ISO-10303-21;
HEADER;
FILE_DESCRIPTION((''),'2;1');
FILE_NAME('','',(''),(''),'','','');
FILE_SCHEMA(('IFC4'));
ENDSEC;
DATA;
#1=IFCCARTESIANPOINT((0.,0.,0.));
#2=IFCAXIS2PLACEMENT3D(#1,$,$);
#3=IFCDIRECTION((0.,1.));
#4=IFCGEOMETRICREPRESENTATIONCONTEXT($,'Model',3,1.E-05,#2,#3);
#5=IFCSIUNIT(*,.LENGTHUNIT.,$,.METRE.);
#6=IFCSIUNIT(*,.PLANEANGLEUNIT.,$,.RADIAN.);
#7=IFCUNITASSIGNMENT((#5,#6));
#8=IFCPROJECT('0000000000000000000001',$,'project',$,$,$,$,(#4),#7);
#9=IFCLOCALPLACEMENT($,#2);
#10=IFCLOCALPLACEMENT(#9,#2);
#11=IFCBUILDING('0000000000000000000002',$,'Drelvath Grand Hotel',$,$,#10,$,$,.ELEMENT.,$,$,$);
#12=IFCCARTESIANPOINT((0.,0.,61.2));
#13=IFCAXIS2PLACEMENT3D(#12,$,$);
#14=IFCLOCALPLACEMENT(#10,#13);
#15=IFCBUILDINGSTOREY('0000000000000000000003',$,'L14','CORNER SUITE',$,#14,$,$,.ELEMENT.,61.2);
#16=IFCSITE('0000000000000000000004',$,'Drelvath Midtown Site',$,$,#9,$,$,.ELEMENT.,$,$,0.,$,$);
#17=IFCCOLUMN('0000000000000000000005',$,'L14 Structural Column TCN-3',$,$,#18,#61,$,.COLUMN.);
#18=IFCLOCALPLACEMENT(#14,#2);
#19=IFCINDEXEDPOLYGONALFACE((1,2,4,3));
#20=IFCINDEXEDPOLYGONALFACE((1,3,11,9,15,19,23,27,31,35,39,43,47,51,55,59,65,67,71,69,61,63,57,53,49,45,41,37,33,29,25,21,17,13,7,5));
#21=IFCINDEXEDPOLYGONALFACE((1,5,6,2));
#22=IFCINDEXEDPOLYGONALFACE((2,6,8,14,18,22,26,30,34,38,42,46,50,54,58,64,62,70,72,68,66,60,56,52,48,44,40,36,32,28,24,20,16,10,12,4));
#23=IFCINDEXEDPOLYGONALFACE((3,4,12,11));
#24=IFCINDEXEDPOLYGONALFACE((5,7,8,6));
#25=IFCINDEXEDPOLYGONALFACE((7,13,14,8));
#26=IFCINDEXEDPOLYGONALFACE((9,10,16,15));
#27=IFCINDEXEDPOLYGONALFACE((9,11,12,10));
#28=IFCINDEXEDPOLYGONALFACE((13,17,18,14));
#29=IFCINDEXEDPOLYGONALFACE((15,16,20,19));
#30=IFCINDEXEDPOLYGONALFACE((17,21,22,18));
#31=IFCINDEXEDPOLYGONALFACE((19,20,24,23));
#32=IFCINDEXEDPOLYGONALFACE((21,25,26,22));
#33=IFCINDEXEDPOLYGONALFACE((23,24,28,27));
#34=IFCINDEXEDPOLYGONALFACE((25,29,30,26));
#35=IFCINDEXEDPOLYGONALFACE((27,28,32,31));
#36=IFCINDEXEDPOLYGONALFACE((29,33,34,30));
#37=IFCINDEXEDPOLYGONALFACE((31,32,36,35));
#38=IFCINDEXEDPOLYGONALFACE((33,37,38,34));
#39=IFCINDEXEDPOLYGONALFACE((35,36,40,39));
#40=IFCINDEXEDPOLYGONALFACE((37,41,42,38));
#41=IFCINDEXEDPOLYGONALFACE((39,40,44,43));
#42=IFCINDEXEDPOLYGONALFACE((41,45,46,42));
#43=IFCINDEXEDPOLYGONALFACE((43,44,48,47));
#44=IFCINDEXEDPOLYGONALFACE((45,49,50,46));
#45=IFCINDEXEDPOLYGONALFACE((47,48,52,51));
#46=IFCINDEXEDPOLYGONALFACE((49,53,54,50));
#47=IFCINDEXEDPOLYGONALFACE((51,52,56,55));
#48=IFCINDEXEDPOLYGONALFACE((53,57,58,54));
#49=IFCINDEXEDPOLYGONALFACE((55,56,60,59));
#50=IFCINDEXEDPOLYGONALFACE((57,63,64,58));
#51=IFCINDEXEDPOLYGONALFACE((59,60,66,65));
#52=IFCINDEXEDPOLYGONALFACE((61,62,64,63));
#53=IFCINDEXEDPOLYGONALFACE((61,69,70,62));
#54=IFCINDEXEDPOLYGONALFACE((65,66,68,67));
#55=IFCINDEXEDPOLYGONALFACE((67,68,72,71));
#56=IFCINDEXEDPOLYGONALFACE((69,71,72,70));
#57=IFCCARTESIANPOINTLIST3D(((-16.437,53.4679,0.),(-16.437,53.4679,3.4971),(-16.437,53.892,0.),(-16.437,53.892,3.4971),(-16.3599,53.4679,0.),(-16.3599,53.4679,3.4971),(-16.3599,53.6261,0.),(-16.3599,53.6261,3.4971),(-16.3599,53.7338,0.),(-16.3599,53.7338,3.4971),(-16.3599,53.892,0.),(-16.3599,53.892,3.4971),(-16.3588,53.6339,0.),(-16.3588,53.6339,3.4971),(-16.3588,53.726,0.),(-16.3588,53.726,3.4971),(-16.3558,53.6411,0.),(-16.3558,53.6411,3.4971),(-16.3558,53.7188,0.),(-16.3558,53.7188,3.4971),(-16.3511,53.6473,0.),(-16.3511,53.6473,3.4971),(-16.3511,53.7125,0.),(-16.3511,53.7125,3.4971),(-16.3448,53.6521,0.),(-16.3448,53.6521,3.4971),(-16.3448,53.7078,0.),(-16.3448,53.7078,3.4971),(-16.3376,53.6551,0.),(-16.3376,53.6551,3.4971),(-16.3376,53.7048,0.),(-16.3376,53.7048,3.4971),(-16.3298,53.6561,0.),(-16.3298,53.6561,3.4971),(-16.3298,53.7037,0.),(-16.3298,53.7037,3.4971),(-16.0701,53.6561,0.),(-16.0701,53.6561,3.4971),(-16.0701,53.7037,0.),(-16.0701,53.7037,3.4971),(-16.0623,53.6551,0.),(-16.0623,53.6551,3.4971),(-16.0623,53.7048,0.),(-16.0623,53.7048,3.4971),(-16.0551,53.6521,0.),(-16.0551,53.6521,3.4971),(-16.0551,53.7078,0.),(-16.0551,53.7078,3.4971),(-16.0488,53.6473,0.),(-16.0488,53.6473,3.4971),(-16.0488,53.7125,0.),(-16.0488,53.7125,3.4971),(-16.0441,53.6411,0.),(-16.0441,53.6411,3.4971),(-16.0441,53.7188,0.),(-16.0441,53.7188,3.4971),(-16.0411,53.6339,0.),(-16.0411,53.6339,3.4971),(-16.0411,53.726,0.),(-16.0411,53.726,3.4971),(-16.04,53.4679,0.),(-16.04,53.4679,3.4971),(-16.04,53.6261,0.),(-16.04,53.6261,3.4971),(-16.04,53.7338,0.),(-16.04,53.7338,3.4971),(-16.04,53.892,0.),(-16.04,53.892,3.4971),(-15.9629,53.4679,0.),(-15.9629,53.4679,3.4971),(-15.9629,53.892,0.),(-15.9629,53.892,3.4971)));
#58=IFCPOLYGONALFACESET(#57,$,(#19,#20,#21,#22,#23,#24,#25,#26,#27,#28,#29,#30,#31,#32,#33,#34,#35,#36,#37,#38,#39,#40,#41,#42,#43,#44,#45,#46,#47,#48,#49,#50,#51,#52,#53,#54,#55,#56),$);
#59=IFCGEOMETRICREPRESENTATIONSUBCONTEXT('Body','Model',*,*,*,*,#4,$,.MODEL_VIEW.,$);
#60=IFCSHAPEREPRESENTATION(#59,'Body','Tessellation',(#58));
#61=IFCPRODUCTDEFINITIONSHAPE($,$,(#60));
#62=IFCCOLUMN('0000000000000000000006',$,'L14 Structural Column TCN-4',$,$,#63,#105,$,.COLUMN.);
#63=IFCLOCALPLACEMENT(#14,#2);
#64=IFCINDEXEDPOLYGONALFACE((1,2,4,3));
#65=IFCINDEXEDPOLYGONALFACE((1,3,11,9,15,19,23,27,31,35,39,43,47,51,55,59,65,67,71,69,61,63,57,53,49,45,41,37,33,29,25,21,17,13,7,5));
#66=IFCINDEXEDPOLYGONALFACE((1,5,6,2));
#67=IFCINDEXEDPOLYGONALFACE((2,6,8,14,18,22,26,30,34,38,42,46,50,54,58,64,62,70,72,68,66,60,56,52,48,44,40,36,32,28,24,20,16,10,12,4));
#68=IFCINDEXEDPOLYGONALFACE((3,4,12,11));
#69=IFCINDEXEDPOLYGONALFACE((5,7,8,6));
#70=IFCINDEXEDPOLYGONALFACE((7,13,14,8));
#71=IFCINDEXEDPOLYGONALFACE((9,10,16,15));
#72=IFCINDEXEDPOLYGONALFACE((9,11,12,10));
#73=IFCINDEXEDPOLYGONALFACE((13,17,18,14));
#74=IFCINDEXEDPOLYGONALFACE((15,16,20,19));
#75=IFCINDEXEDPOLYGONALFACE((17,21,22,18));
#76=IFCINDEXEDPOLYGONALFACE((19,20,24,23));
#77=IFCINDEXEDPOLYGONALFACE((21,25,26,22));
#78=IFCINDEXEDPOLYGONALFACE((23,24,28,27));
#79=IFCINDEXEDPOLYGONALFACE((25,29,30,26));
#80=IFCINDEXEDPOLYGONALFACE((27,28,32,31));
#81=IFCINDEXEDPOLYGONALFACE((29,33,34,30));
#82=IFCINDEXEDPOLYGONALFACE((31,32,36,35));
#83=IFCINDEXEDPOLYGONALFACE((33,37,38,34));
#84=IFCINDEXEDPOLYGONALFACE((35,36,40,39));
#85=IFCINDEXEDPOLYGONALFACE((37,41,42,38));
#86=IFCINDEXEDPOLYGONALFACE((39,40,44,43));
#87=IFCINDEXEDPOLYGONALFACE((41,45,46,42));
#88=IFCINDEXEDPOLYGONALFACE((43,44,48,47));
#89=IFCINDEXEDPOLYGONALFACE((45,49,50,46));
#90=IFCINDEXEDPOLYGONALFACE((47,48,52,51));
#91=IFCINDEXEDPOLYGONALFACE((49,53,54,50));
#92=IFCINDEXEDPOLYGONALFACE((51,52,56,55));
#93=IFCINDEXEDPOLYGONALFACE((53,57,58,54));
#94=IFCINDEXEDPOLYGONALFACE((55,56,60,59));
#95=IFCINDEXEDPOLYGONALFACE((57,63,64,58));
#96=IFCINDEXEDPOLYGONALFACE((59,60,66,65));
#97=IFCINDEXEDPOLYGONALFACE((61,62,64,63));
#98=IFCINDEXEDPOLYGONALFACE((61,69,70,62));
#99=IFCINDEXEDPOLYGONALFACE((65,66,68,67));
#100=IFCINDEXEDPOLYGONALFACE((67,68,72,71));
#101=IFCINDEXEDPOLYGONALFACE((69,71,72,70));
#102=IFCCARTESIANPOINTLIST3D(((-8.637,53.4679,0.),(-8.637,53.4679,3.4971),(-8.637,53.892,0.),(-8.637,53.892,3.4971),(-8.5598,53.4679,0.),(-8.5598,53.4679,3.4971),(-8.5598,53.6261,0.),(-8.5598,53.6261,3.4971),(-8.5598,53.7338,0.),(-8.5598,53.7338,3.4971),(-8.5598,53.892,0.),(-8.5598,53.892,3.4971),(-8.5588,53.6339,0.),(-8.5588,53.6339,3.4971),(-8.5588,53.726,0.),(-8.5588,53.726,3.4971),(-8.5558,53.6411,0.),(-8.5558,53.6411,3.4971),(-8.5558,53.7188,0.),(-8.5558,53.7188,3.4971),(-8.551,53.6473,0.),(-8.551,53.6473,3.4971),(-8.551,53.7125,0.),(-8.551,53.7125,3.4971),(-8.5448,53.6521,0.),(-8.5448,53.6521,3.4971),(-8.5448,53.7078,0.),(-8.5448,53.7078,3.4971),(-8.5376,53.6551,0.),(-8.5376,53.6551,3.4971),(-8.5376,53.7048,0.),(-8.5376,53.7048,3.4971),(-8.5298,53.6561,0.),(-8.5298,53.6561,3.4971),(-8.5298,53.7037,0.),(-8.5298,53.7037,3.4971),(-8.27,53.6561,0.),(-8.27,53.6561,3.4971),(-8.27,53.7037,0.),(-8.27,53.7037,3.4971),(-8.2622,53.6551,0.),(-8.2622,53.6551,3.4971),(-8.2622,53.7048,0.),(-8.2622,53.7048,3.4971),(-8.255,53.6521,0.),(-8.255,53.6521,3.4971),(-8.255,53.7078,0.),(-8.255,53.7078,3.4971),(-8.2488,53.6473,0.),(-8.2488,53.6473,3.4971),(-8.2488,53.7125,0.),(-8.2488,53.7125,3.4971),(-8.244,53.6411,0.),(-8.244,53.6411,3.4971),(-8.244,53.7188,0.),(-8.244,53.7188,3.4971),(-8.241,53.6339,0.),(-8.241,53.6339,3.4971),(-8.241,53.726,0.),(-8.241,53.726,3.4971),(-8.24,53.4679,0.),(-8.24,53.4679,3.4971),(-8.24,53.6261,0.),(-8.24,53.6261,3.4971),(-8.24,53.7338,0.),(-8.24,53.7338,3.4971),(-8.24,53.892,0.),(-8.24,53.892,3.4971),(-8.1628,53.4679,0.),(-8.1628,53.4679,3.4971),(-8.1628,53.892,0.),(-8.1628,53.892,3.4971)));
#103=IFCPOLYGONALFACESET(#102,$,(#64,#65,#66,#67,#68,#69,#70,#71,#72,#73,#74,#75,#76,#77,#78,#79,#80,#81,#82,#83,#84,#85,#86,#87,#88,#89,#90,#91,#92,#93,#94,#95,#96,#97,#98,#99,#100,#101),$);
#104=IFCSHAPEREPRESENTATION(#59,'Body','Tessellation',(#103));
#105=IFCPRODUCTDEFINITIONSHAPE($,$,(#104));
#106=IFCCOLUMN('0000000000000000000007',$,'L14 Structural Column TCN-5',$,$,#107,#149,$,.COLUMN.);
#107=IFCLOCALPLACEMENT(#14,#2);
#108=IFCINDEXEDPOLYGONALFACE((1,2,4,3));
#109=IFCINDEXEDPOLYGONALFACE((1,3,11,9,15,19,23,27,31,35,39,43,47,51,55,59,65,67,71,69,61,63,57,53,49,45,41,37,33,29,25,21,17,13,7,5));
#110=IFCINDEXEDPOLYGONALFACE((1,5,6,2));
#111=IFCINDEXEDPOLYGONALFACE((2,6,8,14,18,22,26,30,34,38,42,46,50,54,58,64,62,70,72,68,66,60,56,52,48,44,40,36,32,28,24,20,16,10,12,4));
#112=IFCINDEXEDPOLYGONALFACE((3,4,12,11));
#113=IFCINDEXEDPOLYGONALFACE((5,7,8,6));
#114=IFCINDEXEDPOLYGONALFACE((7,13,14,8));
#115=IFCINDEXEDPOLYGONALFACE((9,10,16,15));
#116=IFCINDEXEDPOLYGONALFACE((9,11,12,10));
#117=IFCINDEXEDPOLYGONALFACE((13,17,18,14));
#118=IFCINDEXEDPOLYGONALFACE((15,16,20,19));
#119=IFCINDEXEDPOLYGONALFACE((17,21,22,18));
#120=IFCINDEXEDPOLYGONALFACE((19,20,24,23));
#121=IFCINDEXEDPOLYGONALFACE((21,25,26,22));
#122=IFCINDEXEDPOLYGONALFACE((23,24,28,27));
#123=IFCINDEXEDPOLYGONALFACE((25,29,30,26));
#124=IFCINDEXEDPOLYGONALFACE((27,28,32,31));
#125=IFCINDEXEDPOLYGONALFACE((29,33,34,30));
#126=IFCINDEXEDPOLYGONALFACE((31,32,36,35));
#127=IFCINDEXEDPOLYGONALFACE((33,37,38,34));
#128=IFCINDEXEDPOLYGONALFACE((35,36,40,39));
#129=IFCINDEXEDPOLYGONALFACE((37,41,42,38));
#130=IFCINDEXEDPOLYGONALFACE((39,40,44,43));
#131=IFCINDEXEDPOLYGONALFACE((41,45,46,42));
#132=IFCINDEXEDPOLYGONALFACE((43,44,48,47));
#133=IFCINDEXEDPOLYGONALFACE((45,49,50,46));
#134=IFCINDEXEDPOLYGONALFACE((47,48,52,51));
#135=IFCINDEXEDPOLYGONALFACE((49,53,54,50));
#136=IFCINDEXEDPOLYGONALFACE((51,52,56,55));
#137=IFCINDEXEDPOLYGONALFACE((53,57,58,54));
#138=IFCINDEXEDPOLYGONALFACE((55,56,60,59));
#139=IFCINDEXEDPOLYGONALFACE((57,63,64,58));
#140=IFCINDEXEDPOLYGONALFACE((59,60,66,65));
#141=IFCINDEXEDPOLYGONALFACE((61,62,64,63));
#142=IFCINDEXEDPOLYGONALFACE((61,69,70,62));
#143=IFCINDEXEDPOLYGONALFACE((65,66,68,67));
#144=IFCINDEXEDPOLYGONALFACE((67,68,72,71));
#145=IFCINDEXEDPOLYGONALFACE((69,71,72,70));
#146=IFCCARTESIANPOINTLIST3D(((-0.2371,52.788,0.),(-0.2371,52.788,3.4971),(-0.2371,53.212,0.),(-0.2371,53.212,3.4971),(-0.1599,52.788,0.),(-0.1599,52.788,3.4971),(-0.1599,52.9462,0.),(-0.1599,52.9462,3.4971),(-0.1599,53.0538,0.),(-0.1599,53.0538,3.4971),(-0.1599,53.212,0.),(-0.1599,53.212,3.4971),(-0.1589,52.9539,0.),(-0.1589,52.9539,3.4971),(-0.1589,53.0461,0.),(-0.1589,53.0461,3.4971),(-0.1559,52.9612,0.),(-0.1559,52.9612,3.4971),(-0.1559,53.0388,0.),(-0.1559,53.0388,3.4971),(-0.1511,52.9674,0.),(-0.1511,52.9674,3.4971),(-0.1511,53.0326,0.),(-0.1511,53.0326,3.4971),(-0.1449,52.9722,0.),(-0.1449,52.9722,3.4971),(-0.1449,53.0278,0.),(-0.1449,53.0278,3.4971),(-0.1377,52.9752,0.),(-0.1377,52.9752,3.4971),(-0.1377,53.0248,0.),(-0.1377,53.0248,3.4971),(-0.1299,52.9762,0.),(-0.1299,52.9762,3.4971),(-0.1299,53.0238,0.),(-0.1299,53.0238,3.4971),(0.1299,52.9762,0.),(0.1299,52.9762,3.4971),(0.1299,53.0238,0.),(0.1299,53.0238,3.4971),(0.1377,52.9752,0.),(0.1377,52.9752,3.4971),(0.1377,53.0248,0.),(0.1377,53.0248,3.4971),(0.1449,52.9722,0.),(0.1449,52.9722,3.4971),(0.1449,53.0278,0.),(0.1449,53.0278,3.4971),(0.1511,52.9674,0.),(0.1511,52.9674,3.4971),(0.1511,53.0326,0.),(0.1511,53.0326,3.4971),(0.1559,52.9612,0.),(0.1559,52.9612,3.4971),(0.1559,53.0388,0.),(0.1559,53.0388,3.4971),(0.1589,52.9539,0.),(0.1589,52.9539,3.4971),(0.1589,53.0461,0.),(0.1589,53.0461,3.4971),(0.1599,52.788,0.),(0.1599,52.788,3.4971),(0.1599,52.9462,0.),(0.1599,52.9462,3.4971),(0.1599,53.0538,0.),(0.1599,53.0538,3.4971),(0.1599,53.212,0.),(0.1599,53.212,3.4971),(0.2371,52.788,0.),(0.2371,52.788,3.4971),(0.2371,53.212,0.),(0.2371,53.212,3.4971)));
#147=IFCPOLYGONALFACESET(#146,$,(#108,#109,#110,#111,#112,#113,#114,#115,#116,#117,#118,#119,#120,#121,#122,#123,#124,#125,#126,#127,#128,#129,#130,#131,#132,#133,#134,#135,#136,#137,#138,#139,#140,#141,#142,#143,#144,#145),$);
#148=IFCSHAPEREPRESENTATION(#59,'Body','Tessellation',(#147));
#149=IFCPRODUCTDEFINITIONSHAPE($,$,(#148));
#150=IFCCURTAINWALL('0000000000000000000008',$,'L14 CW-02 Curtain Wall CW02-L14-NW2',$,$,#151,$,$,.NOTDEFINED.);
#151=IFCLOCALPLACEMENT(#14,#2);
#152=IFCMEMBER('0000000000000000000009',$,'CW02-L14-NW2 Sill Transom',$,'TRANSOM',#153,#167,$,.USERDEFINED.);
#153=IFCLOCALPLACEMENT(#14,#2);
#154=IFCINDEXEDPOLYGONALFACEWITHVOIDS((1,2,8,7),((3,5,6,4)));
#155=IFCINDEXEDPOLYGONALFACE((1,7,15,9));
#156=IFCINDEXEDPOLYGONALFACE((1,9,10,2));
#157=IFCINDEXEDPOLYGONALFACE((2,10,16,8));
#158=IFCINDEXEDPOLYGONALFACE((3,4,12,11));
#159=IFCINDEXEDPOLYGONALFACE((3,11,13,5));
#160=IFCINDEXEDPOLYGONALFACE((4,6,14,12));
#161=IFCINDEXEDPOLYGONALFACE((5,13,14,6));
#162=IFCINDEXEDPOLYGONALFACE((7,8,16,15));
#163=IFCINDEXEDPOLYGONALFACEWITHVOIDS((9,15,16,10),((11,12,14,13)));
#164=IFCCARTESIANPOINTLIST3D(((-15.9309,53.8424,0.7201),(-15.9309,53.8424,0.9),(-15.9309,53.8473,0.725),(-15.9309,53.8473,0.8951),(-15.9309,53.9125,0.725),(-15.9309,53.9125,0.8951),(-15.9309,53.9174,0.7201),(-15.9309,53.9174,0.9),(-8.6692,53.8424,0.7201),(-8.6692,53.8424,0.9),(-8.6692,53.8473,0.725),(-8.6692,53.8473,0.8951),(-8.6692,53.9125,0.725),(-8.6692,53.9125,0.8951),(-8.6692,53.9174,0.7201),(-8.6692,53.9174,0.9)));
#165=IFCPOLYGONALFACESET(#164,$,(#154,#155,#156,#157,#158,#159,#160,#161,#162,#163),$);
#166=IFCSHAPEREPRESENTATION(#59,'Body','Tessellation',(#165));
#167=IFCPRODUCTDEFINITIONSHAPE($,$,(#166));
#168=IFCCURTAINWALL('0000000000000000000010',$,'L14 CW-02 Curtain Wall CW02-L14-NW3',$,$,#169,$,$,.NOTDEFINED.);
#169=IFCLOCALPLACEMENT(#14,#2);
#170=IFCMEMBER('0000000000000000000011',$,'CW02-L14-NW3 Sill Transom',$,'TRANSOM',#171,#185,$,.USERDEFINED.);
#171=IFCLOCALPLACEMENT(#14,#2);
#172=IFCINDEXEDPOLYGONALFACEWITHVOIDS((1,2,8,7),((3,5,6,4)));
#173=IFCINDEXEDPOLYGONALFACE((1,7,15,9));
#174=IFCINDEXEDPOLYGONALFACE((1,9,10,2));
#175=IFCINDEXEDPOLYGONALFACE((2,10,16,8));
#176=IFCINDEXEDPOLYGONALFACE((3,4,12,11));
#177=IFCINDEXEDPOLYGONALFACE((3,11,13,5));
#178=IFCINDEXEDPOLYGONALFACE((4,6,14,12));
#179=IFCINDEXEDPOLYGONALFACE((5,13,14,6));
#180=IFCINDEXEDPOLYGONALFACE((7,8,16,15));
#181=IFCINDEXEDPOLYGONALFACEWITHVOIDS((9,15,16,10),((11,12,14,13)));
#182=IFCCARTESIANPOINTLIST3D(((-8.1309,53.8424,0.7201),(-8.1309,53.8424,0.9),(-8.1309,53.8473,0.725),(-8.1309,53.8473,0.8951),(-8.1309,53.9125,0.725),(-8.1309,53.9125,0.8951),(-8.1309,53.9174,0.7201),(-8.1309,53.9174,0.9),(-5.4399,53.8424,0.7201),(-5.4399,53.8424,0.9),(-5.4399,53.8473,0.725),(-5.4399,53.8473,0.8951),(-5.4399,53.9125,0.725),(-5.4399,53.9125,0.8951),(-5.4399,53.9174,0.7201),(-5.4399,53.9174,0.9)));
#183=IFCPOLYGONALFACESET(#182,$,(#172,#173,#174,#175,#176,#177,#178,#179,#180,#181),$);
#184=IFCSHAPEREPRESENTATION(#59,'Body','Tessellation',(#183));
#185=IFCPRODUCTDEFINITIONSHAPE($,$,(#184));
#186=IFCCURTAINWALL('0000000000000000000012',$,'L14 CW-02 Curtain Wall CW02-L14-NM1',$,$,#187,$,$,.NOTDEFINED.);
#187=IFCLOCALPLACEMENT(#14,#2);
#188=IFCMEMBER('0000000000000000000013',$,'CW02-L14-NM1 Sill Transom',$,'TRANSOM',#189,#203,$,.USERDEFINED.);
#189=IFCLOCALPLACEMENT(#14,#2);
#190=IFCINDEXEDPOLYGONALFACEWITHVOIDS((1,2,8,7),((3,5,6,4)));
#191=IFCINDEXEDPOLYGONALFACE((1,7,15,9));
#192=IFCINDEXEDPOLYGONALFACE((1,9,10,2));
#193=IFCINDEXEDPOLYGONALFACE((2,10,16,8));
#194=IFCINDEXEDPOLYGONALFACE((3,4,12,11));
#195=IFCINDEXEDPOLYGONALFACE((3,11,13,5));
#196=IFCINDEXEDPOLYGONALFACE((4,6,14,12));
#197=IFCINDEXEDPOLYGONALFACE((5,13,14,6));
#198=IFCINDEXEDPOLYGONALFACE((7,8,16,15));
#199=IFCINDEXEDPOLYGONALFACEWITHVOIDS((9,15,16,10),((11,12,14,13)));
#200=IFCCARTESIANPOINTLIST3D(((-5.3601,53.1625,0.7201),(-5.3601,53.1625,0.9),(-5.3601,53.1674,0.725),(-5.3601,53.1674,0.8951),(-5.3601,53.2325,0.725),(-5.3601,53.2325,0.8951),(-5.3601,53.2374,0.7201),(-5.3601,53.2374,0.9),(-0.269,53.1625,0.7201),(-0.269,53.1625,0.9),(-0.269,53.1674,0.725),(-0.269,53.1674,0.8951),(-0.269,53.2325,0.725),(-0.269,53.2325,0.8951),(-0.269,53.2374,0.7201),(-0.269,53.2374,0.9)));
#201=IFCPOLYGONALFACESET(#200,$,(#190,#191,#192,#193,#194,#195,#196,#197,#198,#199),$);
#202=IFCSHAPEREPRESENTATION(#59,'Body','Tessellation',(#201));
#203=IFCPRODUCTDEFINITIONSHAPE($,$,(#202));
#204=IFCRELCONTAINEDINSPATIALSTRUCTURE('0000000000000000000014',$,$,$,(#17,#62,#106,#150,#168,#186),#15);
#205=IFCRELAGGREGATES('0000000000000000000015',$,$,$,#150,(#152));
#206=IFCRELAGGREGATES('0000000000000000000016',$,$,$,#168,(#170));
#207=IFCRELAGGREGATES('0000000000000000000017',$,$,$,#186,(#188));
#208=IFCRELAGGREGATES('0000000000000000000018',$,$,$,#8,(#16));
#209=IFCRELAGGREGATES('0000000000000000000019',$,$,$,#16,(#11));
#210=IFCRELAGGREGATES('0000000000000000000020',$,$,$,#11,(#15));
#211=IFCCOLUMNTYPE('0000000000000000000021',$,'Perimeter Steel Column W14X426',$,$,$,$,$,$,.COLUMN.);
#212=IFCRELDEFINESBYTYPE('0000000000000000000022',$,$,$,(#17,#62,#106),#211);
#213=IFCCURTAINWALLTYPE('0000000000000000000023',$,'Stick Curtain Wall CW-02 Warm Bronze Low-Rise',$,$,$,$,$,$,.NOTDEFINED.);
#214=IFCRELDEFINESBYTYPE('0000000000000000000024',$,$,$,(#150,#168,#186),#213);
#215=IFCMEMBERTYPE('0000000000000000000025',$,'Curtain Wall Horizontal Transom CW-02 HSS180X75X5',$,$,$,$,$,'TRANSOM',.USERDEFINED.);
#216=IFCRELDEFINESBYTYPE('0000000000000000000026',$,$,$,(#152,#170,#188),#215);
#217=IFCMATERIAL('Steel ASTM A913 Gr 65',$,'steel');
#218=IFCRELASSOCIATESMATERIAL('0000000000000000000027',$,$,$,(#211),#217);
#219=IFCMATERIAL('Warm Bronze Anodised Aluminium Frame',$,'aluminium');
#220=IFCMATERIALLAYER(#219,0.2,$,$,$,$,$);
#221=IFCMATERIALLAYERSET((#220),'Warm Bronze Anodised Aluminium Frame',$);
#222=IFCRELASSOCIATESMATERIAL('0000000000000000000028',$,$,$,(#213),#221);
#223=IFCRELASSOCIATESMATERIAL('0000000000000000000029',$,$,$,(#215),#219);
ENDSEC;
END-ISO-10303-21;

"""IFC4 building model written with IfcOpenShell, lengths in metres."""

from ifc_helpers import new_model, si_unit, direction, frame, origin, origin_2d, place, context, subcontext, project, spatial, hollow_rectangle, i_section, extrude, material, layer, layer_set, material_profile, profile_set, type_object, element, aggregate, save


model = new_model("IFC4")

# Units and contexts
model_context = context("Model", 3, precision=1e-05, world=origin(), true_north=direction((0.0, 1.0)))
body_context = subcontext(model_context, "Body", "Model", "MODEL_VIEW")
ifc_project = project(units=[si_unit("LENGTHUNIT", "METRE"), si_unit("PLANEANGLEUNIT", "RADIAN")], contexts=[model_context])

# Site, building, storey
site_placement = place(None, origin())
site = spatial("IfcSite", under=ifc_project, at=site_placement, Name="Drelvath Midtown Site", CompositionType="ELEMENT", RefElevation=0.0)
building_placement = place(site_placement, origin())
building = spatial("IfcBuilding", under=site, at=building_placement, Name="Drelvath Grand Hotel", CompositionType="ELEMENT")
storey_placement = place(building_placement, frame((0.0, 0.0, 61.2)))
storey = spatial("IfcBuildingStorey", under=building, at=storey_placement, Name="L14", Description="CORNER SUITE", CompositionType="ELEMENT", Elevation=61.2)

# Columns
ifc_material_1 = material(Name="Steel ASTM A913 Gr 65", Category="steel")
ifc_material_profile_1 = material_profile(ifc_material_1, i_section(OverallWidth=0.4241, OverallDepth=0.4741, WebThickness=0.0476, FlangeThickness=0.0771, FilletRadius=0.03, at=origin_2d()), Name="W14X426")
ifc_profile_set_1 = profile_set([ifc_material_profile_1], Name="Steel ASTM A913 Gr 65")
column_type = type_object("IfcColumnType", Name="Perimeter Steel Column W14X426", PredefinedType="COLUMN", material=ifc_profile_set_1)
for number, where, z_axis, x_axis, name in (
    (1, (-16.2, 53.6799, 0.0), (0.0, 0.0, 1.0), (0.0, 1.0, 0.0), "L14 Structural Column TCN-3"),
    (2, (-8.3999, 53.6799, 0.0), (0.0, 0.0, 1.0), (0.0, 1.0, 0.0), "L14 Structural Column TCN-4"),
    (3, (0.0, 53.0, 0.0), (0.0, 0.0, 1.0), (0.0, 1.0, 0.0), "L14 Structural Column TCN-5"),
):
    element("IfcColumn", number, at=place(storey_placement, frame(where, z_axis=z_axis, x_axis=x_axis)), inside=storey, type_object=column_type, Name=name, PredefinedType="COLUMN", context=body_context, shape_type="SweptSolid", body=[
        extrude(i_section(OverallWidth=0.4241, OverallDepth=0.4741, WebThickness=0.0476, FlangeThickness=0.0771, FilletRadius=0.03, at=origin_2d()), origin(), (0.0, 0.0, 1.0), 3.4971),
    ])

# Curtain walls, members
ifc_material_2 = material(Name="Warm Bronze Anodised Aluminium Frame", Category="aluminium")
ifc_layer_1 = layer(ifc_material_2, 0.2)
ifc_layer_set_1 = layer_set([ifc_layer_1], Name="Warm Bronze Anodised Aluminium Frame")
curtain_wall_type = type_object("IfcCurtainWallType", Name="Stick Curtain Wall CW-02 Warm Bronze Low-Rise", PredefinedType="NOTDEFINED", material=ifc_layer_set_1)
curtain_wall_1_placement = place(storey_placement, origin())
curtain_wall_1 = element("IfcCurtainWall", 4, at=curtain_wall_1_placement, inside=storey, type_object=curtain_wall_type, Name="L14 CW-02 Curtain Wall CW02-L14-NW2", PredefinedType="NOTDEFINED")
ifc_material_profile_2 = material_profile(ifc_material_2, hollow_rectangle(XDim=0.075, YDim=0.1799, WallThickness=0.0049, at=origin_2d()), Name="HSS180X75X5")
ifc_profile_set_2 = profile_set([ifc_material_profile_2], Name="Warm Bronze Anodised Aluminium Frame")
member_type_1 = type_object("IfcMemberType", Name="Curtain Wall Horizontal Transom CW-02 HSS180X75X5", ElementType="TRANSOM", PredefinedType="USERDEFINED", material=ifc_profile_set_2)
member_1_placement = place(storey_placement, frame((-15.9309, 53.8799, 0.8101), z_axis=(1.0, 0.0, 0.0), x_axis=(0.0, 1.0, 0.0)))
member_1 = element("IfcMember", 5, at=member_1_placement, type_object=member_type_1, Name="CW02-L14-NW2 Sill Transom", ObjectType="TRANSOM", PredefinedType="USERDEFINED", context=body_context, shape_type="SweptSolid", body=[
    extrude(hollow_rectangle(XDim=0.075, YDim=0.1799, WallThickness=0.0049, at=origin_2d()), origin(), (0.0, 0.0, 1.0), 7.2617),
])
curtain_wall_2_placement = place(storey_placement, origin())
curtain_wall_2 = element("IfcCurtainWall", 6, at=curtain_wall_2_placement, inside=storey, type_object=curtain_wall_type, Name="L14 CW-02 Curtain Wall CW02-L14-NW3", PredefinedType="NOTDEFINED")
member_2_placement = place(storey_placement, frame((-8.1309, 53.8799, 0.8101), z_axis=(1.0, 0.0, 0.0), x_axis=(0.0, 1.0, 0.0)))
member_2 = element("IfcMember", 7, at=member_2_placement, type_object=member_type_1, Name="CW02-L14-NW3 Sill Transom", ObjectType="TRANSOM", PredefinedType="USERDEFINED", context=body_context, shape_type="SweptSolid", body=[
    extrude(hollow_rectangle(XDim=0.075, YDim=0.1799, WallThickness=0.0049, at=origin_2d()), origin(), (0.0, 0.0, 1.0), 2.6909),
])
curtain_wall_3_placement = place(storey_placement, origin())
curtain_wall_3 = element("IfcCurtainWall", 8, at=curtain_wall_3_placement, inside=storey, type_object=curtain_wall_type, Name="L14 CW-02 Curtain Wall CW02-L14-NM1", PredefinedType="NOTDEFINED")
member_3_placement = place(storey_placement, frame((-5.3601, 53.2, 0.8101), z_axis=(1.0, 0.0, 0.0), x_axis=(0.0, 1.0, 0.0)))
member_3 = element("IfcMember", 9, at=member_3_placement, type_object=member_type_1, Name="CW02-L14-NM1 Sill Transom", ObjectType="TRANSOM", PredefinedType="USERDEFINED", context=body_context, shape_type="SweptSolid", body=[
    extrude(hollow_rectangle(XDim=0.075, YDim=0.1799, WallThickness=0.0049, at=origin_2d()), origin(), (0.0, 0.0, 1.0), 5.0911),
])

aggregate(curtain_wall_1, [member_1])
aggregate(curtain_wall_2, [member_2])
aggregate(curtain_wall_3, [member_3])

save(model, "model.ifc")
